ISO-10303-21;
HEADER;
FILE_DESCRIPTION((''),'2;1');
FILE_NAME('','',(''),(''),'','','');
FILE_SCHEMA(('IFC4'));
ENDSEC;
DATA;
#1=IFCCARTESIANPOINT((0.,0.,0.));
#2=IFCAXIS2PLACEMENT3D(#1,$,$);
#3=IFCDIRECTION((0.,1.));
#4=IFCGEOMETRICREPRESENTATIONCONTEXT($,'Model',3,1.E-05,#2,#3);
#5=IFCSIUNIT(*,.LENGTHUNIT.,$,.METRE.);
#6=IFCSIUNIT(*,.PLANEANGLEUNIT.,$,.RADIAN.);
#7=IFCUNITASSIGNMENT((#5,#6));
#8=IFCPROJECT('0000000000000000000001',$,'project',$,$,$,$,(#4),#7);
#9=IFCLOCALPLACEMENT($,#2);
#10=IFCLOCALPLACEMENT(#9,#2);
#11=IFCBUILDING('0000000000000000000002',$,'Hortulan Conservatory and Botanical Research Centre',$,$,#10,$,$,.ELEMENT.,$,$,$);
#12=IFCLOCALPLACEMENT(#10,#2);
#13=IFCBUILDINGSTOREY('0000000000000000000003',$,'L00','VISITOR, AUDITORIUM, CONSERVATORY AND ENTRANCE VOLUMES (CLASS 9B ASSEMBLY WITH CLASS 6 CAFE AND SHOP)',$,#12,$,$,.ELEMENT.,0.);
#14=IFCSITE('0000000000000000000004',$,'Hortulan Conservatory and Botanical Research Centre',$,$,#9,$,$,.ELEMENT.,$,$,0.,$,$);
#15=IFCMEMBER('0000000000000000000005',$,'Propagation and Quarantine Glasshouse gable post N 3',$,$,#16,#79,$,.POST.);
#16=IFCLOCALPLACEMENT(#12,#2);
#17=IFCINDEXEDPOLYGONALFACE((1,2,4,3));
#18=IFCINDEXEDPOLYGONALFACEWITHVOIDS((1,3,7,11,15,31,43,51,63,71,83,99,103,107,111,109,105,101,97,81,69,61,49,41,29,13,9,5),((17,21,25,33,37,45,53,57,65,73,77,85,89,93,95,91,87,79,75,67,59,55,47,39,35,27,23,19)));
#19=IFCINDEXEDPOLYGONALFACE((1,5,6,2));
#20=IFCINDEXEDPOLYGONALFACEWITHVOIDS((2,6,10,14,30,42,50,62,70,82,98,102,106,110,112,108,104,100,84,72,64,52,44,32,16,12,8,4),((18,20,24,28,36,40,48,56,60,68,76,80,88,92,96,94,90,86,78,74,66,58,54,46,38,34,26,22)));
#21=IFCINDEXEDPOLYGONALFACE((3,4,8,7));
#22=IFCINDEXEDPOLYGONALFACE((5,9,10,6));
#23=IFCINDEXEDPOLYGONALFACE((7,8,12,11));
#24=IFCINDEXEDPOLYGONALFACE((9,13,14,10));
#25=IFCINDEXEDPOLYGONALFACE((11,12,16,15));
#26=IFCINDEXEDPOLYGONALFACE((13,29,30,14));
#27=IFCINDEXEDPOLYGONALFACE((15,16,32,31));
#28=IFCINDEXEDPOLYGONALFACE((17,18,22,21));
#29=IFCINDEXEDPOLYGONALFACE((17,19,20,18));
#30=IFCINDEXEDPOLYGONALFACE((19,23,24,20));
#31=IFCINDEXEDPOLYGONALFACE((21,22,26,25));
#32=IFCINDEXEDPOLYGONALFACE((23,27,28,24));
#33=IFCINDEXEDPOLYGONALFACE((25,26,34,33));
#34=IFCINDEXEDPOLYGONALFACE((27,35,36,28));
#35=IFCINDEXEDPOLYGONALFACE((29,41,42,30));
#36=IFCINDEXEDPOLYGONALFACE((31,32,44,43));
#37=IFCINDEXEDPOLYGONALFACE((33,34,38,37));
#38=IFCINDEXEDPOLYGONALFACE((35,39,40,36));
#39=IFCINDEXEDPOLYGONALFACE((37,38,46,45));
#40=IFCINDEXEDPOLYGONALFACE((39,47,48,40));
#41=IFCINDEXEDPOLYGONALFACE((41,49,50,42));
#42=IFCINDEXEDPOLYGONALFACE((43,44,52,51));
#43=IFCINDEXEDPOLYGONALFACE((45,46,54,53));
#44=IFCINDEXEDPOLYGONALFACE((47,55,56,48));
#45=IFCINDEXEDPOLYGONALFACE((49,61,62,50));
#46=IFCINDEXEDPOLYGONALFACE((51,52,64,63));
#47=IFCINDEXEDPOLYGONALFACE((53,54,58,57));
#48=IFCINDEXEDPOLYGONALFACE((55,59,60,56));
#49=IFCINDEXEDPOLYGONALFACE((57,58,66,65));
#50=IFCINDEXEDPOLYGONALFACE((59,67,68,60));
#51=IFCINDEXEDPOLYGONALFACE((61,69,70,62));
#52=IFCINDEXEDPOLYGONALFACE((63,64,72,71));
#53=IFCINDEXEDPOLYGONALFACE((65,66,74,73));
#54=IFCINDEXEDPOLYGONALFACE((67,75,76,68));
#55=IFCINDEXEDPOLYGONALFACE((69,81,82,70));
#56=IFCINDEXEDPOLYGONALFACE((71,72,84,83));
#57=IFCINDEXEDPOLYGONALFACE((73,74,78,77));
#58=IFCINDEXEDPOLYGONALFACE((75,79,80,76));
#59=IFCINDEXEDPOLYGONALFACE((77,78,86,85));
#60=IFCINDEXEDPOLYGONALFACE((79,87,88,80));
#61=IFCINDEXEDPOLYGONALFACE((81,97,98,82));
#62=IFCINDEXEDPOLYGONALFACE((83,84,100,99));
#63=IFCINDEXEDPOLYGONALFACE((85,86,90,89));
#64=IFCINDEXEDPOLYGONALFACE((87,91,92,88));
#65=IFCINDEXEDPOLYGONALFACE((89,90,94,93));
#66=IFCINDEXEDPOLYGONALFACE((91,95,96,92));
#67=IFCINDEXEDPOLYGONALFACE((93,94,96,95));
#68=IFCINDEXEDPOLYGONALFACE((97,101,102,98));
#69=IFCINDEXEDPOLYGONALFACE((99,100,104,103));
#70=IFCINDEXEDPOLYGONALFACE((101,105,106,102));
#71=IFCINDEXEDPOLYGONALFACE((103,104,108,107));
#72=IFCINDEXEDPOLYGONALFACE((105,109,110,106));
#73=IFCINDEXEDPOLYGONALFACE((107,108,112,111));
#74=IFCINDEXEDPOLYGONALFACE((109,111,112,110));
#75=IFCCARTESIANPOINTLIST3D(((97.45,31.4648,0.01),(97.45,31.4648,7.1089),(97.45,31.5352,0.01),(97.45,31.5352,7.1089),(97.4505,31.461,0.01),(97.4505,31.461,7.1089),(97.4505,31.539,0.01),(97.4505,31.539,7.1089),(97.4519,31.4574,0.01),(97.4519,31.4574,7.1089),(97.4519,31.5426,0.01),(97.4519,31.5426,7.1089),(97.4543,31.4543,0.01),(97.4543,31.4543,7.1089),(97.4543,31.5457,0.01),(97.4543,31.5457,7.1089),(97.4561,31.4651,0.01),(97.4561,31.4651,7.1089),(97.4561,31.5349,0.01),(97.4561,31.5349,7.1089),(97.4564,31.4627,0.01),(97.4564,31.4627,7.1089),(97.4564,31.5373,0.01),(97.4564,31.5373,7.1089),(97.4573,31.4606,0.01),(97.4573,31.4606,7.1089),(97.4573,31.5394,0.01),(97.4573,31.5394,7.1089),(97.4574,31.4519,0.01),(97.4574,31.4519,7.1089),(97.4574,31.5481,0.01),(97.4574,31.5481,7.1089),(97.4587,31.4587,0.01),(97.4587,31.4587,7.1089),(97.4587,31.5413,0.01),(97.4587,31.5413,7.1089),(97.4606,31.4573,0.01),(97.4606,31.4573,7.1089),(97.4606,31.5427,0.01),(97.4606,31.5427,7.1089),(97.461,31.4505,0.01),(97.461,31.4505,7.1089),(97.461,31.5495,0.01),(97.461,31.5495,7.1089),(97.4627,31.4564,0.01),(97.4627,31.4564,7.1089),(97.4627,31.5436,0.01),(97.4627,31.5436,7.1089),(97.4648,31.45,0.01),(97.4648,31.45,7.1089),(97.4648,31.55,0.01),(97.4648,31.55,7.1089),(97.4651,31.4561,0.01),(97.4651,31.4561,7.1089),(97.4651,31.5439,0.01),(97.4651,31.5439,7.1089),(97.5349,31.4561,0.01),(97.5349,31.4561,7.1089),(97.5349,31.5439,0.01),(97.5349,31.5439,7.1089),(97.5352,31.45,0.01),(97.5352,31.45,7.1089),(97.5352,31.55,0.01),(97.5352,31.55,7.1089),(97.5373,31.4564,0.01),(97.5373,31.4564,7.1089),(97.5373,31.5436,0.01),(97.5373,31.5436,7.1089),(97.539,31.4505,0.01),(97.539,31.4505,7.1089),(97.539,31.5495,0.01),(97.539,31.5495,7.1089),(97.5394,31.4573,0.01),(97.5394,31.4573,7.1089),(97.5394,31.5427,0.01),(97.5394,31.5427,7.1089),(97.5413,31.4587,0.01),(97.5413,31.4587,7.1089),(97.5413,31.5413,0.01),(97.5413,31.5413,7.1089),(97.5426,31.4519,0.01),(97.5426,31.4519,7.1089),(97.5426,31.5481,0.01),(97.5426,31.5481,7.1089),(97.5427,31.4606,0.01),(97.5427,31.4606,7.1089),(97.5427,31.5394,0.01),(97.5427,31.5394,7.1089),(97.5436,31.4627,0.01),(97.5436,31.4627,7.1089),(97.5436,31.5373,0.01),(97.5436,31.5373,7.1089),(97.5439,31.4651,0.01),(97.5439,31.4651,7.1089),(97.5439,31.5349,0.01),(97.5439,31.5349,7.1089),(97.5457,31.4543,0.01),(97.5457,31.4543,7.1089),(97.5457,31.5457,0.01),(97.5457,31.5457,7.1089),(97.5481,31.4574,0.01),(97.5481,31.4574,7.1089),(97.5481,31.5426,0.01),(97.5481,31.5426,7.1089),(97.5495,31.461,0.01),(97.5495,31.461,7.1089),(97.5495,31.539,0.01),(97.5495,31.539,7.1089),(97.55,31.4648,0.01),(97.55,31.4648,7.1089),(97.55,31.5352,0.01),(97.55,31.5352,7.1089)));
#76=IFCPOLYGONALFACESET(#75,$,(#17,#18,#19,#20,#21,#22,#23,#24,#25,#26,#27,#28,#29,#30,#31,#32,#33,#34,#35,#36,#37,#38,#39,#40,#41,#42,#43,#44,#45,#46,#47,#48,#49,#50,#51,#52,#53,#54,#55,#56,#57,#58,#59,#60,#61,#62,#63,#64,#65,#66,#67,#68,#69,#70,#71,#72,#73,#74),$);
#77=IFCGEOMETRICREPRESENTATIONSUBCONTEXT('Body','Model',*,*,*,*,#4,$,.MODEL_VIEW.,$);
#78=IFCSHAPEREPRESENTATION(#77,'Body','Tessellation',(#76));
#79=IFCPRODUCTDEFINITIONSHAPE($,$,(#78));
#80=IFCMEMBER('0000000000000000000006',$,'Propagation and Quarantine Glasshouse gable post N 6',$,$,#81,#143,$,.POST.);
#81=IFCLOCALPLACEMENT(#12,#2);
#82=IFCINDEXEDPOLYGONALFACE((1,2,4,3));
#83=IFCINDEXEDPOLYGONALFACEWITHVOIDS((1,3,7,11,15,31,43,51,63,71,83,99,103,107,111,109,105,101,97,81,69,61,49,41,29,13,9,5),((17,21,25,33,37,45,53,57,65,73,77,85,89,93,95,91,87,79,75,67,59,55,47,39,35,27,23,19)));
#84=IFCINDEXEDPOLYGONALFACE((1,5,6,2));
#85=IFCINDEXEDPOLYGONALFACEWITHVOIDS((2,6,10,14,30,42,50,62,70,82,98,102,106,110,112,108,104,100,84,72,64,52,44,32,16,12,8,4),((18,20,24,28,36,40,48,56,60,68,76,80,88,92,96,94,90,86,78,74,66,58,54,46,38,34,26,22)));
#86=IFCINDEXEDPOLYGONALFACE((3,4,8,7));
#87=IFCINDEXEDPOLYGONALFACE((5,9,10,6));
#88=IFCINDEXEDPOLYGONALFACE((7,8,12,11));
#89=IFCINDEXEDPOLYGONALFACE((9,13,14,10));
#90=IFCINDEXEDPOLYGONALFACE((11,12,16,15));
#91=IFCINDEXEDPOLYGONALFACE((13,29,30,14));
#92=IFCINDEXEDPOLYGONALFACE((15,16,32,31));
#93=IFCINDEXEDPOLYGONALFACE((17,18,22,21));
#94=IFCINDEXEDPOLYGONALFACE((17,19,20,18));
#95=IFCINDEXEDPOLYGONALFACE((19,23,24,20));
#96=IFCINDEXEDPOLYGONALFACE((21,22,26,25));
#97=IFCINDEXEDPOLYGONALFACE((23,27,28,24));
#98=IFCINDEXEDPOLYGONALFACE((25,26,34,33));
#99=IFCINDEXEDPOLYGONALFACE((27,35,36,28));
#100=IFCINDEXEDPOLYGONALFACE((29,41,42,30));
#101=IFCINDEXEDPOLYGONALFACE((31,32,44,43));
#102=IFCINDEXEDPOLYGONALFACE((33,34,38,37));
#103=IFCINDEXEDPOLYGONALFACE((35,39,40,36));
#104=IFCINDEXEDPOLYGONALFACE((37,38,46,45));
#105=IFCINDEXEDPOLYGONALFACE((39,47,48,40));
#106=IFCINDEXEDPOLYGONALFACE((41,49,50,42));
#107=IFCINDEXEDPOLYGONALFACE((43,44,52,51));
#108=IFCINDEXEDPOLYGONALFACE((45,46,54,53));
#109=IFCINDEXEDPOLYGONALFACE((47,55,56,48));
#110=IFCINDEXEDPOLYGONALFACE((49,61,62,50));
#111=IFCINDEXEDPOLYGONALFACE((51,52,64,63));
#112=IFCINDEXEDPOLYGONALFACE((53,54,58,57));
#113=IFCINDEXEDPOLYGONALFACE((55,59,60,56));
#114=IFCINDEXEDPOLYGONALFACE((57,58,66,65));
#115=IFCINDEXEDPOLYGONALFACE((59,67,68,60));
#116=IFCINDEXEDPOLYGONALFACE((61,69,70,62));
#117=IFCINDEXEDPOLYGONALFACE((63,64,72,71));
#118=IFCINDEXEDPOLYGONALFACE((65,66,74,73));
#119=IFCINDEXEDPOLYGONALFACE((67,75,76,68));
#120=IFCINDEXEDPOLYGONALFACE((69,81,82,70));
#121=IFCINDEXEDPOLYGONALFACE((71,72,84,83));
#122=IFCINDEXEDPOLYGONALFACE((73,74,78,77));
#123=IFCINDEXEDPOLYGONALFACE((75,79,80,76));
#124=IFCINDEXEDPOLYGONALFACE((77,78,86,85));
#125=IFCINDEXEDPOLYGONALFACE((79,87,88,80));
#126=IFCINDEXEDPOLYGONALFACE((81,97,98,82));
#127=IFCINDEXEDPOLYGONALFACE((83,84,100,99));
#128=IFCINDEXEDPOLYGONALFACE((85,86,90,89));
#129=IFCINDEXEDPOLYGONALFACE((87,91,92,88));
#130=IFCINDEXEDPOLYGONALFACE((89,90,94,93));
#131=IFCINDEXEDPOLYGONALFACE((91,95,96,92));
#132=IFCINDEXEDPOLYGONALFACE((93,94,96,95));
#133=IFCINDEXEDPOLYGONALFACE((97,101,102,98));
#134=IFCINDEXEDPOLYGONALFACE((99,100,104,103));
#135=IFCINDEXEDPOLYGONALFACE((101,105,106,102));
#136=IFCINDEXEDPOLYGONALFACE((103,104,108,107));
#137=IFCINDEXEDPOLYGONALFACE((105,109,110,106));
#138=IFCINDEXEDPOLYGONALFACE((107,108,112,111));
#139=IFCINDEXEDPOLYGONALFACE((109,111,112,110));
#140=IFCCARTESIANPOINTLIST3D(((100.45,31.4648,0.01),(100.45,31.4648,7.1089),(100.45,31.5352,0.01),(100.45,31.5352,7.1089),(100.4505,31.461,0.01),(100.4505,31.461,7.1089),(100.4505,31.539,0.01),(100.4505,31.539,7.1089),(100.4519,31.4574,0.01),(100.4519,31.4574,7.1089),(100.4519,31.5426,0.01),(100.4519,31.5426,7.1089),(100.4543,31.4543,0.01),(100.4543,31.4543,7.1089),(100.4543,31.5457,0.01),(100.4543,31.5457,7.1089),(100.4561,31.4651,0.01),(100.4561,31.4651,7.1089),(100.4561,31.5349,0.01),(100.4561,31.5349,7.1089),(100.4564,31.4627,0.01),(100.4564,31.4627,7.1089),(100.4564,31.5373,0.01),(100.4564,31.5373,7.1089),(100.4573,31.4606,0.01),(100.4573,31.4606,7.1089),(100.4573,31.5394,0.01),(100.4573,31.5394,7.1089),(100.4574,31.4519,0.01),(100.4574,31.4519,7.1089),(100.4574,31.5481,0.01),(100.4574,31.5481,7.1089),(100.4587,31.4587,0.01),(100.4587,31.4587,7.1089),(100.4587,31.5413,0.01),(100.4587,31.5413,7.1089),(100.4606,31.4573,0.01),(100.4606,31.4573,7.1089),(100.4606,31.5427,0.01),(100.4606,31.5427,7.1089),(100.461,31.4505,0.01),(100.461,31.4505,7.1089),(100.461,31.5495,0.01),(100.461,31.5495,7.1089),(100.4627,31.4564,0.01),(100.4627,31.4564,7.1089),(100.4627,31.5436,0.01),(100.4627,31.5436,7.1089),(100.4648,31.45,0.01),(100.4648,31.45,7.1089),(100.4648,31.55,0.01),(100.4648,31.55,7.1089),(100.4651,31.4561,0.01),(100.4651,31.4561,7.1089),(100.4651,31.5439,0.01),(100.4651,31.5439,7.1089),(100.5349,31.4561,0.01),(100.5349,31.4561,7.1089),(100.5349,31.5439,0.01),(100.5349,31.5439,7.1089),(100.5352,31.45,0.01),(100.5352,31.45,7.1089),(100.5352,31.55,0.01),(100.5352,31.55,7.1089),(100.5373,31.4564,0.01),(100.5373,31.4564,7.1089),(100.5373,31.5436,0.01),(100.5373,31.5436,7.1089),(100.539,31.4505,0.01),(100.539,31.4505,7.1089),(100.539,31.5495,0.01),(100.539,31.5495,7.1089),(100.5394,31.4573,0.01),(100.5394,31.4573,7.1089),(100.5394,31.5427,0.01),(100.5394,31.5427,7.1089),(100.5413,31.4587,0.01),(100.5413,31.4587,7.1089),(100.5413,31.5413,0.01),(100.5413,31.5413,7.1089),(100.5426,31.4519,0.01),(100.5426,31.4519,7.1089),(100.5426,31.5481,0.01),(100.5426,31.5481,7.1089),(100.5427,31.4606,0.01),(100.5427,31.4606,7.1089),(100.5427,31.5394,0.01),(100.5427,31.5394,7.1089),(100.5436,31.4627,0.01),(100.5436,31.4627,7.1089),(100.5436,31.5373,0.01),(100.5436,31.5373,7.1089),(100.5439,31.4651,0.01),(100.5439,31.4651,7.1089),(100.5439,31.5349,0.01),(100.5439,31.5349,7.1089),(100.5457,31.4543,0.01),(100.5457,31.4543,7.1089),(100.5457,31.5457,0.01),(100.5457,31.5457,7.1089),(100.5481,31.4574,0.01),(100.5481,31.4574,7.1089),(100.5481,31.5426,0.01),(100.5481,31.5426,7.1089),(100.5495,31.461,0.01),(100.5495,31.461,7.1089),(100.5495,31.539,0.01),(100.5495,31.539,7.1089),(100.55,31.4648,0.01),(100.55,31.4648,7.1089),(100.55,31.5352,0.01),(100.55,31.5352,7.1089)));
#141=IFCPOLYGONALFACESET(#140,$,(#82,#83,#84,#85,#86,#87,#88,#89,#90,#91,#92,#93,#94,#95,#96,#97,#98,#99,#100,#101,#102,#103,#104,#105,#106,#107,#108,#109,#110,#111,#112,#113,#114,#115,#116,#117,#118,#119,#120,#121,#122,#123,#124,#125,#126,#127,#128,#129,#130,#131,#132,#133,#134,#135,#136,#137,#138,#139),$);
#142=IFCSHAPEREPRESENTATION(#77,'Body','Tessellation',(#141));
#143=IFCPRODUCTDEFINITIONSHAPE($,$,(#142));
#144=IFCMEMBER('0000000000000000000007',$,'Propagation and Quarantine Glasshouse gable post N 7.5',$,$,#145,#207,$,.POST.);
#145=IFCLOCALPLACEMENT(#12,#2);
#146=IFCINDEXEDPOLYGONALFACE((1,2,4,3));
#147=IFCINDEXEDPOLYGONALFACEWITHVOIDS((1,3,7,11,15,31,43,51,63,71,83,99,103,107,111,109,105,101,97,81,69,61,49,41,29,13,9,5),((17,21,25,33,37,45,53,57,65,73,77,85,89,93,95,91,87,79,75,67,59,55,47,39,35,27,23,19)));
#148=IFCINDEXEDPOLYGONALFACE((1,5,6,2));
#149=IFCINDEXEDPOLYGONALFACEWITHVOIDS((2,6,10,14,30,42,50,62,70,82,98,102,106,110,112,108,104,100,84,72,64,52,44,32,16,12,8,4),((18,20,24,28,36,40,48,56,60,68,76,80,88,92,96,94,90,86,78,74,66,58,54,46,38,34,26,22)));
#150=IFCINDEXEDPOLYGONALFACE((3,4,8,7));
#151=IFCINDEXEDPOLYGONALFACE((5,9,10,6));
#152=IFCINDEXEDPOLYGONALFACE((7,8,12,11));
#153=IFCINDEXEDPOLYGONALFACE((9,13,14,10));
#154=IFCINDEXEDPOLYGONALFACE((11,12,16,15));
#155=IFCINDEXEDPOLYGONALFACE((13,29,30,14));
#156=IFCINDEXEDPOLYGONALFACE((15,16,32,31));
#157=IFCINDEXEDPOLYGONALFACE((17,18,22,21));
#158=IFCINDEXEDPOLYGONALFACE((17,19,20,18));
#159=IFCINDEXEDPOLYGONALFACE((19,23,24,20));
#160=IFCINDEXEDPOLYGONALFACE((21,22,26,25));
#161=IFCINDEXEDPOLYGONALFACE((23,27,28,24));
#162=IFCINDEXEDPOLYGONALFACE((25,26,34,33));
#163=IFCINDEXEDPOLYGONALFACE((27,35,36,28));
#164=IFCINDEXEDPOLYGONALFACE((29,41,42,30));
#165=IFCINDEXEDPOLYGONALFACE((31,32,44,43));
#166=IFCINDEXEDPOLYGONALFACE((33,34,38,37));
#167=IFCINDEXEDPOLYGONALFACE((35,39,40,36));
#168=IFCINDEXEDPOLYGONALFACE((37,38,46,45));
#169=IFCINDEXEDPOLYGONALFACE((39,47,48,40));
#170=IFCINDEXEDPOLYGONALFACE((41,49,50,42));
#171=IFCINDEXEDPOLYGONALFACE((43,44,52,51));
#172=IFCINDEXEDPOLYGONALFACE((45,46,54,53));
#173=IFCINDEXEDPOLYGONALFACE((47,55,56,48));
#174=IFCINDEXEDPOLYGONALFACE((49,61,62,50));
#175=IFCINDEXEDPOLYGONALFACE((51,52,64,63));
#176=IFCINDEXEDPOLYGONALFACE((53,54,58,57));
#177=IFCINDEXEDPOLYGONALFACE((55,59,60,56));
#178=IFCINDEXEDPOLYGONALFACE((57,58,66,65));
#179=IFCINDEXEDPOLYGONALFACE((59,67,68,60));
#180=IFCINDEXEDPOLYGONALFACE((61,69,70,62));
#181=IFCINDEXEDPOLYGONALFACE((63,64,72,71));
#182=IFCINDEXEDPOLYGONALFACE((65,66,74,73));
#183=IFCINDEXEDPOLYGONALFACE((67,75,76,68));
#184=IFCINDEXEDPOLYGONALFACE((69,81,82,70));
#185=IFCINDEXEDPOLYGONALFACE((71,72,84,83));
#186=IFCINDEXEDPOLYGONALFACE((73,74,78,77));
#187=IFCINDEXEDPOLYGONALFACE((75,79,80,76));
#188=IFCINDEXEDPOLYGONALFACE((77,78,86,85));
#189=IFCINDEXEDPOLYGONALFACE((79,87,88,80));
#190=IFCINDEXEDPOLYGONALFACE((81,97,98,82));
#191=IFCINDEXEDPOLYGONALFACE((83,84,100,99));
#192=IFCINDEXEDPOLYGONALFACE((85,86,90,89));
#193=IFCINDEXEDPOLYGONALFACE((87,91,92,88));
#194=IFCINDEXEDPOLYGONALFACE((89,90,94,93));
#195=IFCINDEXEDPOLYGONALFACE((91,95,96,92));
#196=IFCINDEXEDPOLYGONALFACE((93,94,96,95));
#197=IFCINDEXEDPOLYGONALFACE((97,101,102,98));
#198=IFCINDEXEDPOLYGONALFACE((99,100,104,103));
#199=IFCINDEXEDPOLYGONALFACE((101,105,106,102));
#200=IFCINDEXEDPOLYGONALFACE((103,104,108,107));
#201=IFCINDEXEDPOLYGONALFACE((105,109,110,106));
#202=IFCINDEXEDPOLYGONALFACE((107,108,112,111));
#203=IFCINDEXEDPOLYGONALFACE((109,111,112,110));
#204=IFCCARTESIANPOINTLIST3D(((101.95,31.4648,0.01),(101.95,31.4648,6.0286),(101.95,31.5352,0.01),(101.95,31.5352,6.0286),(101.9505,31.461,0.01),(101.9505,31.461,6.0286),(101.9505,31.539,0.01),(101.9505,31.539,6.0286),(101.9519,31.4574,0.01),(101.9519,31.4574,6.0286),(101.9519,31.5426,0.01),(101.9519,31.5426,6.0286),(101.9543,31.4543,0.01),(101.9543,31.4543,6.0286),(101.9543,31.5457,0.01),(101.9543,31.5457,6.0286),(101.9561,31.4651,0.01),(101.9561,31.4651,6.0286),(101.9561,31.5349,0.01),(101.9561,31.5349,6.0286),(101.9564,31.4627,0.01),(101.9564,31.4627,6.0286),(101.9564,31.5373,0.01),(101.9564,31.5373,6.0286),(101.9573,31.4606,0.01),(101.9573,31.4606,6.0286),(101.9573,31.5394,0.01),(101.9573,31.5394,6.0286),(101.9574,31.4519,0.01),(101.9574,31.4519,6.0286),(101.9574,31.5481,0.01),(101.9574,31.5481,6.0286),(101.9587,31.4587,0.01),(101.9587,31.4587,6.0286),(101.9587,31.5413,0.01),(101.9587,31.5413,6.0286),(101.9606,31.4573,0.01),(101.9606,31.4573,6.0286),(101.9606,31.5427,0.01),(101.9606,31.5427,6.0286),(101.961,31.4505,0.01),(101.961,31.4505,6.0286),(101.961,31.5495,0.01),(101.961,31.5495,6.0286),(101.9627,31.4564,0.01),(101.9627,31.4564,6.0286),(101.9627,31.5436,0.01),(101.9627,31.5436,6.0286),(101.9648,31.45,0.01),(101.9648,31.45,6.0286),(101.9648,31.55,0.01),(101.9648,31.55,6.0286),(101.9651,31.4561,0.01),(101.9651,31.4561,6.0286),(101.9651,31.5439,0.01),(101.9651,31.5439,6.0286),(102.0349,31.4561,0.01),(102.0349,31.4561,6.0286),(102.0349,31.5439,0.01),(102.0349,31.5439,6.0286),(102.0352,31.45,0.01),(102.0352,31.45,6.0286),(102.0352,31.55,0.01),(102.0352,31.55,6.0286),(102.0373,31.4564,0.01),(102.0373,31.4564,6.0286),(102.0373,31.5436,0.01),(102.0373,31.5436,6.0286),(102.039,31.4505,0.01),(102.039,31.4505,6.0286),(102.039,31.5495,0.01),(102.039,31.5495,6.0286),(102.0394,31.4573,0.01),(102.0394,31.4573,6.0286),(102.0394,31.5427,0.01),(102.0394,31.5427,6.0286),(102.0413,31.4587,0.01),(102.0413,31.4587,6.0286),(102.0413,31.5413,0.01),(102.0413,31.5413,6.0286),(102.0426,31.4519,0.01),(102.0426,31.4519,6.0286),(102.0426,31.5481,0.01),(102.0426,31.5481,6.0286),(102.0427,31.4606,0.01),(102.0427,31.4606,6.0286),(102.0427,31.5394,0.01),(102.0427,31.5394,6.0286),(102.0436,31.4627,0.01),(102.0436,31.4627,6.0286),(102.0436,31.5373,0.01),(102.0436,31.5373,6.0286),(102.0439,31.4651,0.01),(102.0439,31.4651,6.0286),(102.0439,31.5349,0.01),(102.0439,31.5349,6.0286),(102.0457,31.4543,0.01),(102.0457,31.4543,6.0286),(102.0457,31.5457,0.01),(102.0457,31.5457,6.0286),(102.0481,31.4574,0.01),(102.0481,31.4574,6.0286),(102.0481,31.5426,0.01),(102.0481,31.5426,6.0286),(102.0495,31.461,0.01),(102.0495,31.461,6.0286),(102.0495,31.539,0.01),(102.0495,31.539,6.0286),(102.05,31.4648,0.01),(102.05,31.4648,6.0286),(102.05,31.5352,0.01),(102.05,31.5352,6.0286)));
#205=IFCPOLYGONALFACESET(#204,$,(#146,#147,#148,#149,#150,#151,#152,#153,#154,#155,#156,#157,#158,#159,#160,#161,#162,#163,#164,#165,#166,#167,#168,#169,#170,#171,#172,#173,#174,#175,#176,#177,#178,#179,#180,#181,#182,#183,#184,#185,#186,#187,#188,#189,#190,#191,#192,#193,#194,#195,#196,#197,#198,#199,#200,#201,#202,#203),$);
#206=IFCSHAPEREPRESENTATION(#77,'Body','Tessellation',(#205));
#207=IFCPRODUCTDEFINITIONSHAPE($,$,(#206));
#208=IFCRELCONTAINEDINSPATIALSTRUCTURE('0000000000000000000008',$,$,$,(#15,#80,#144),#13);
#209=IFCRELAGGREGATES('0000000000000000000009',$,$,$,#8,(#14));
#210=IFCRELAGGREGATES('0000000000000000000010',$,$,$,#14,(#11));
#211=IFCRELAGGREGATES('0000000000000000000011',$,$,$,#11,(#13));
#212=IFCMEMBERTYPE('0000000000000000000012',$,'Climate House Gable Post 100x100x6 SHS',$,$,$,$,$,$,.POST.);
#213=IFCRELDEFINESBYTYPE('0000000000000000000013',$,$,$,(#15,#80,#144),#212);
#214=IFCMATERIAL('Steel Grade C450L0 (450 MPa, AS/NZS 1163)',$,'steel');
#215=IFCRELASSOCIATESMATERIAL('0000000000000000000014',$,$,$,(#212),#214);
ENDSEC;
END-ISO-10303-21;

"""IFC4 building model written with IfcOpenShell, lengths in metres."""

from ifc_helpers import new_model, si_unit, direction, frame, origin, origin_2d, place, context, subcontext, project, spatial, hollow_rectangle, extrude, material, material_profile, profile_set, type_object, element, save


model = new_model("IFC4")

# Units and contexts
model_context = context("Model", 3, precision=1e-05, world=origin(), true_north=direction((0.0, 1.0)))
body_context = subcontext(model_context, "Body", "Model", "MODEL_VIEW")
ifc_project = project(units=[si_unit("LENGTHUNIT", "METRE"), si_unit("PLANEANGLEUNIT", "RADIAN")], contexts=[model_context])

# Site, building, storey
site_placement = place(None, origin())
site = spatial("IfcSite", under=ifc_project, at=site_placement, Name="Hortulan Conservatory and Botanical Research Centre", CompositionType="ELEMENT", RefElevation=0.0)
building_placement = place(site_placement, origin())
building = spatial("IfcBuilding", under=site, at=building_placement, Name="Hortulan Conservatory and Botanical Research Centre", CompositionType="ELEMENT")
storey_placement = place(building_placement, origin())
storey = spatial("IfcBuildingStorey", under=building, at=storey_placement, Name="L00", Description="VISITOR, AUDITORIUM, CONSERVATORY AND ENTRANCE VOLUMES (CLASS 9B ASSEMBLY WITH CLASS 6 CAFE AND SHOP)", CompositionType="ELEMENT", Elevation=0.0)

# Shared definitions
ifc_material_1 = material(Name="Steel Grade C450L0 (450 MPa, AS/NZS 1163)", Category="steel")

# Members
ifc_material_profile_1 = material_profile(ifc_material_1, hollow_rectangle(XDim=0.1001, YDim=0.1001, WallThickness=0.0061, InnerFilletRadius=0.009, OuterFilletRadius=0.0149, at=origin_2d()), Name="100x100x6SHS")
ifc_profile_set_1 = profile_set([ifc_material_profile_1], Name="Steel Grade C450L0 (450 MPa, AS/NZS 1163)")
member_type = type_object("IfcMemberType", Name="Climate House Gable Post 100x100x6 SHS", PredefinedType="POST", material=ifc_profile_set_1)
for number, where, z_axis, x_axis, name in (
    (1, (97.5, 31.5, 0.01), (0.0, 0.0, 1.0), (1.0, 0.0, 0.0), "Propagation and Quarantine Glasshouse gable post N 3"),
    (2, (100.5, 31.5, 0.01), (0.0, 0.0, 1.0), (1.0, 0.0, 0.0), "Propagation and Quarantine Glasshouse gable post N 6"),
):
    element("IfcMember", number, at=place(storey_placement, frame(where, z_axis=z_axis, x_axis=x_axis)), inside=storey, type_object=member_type, Name=name, PredefinedType="POST", context=body_context, shape_type="SweptSolid", body=[
        extrude(hollow_rectangle(XDim=0.1001, YDim=0.1001, WallThickness=0.0061, InnerFilletRadius=0.009, OuterFilletRadius=0.0149, at=origin_2d()), origin(), (0.0, 0.0, 1.0), 7.0989),
    ])
member_1_placement = place(storey_placement, frame((102.0, 31.5, 0.01), z_axis=(0.0, 0.0, 1.0), x_axis=(1.0, 0.0, 0.0)))
element("IfcMember", 3, at=member_1_placement, inside=storey, type_object=member_type, Name="Propagation and Quarantine Glasshouse gable post N 7.5", PredefinedType="POST", context=body_context, shape_type="SweptSolid", body=[
    extrude(hollow_rectangle(XDim=0.1001, YDim=0.1001, WallThickness=0.0061, InnerFilletRadius=0.009, OuterFilletRadius=0.0149, at=origin_2d()), origin(), (0.0, 0.0, 1.0), 6.0186),
])

save(model, "model.ifc")
